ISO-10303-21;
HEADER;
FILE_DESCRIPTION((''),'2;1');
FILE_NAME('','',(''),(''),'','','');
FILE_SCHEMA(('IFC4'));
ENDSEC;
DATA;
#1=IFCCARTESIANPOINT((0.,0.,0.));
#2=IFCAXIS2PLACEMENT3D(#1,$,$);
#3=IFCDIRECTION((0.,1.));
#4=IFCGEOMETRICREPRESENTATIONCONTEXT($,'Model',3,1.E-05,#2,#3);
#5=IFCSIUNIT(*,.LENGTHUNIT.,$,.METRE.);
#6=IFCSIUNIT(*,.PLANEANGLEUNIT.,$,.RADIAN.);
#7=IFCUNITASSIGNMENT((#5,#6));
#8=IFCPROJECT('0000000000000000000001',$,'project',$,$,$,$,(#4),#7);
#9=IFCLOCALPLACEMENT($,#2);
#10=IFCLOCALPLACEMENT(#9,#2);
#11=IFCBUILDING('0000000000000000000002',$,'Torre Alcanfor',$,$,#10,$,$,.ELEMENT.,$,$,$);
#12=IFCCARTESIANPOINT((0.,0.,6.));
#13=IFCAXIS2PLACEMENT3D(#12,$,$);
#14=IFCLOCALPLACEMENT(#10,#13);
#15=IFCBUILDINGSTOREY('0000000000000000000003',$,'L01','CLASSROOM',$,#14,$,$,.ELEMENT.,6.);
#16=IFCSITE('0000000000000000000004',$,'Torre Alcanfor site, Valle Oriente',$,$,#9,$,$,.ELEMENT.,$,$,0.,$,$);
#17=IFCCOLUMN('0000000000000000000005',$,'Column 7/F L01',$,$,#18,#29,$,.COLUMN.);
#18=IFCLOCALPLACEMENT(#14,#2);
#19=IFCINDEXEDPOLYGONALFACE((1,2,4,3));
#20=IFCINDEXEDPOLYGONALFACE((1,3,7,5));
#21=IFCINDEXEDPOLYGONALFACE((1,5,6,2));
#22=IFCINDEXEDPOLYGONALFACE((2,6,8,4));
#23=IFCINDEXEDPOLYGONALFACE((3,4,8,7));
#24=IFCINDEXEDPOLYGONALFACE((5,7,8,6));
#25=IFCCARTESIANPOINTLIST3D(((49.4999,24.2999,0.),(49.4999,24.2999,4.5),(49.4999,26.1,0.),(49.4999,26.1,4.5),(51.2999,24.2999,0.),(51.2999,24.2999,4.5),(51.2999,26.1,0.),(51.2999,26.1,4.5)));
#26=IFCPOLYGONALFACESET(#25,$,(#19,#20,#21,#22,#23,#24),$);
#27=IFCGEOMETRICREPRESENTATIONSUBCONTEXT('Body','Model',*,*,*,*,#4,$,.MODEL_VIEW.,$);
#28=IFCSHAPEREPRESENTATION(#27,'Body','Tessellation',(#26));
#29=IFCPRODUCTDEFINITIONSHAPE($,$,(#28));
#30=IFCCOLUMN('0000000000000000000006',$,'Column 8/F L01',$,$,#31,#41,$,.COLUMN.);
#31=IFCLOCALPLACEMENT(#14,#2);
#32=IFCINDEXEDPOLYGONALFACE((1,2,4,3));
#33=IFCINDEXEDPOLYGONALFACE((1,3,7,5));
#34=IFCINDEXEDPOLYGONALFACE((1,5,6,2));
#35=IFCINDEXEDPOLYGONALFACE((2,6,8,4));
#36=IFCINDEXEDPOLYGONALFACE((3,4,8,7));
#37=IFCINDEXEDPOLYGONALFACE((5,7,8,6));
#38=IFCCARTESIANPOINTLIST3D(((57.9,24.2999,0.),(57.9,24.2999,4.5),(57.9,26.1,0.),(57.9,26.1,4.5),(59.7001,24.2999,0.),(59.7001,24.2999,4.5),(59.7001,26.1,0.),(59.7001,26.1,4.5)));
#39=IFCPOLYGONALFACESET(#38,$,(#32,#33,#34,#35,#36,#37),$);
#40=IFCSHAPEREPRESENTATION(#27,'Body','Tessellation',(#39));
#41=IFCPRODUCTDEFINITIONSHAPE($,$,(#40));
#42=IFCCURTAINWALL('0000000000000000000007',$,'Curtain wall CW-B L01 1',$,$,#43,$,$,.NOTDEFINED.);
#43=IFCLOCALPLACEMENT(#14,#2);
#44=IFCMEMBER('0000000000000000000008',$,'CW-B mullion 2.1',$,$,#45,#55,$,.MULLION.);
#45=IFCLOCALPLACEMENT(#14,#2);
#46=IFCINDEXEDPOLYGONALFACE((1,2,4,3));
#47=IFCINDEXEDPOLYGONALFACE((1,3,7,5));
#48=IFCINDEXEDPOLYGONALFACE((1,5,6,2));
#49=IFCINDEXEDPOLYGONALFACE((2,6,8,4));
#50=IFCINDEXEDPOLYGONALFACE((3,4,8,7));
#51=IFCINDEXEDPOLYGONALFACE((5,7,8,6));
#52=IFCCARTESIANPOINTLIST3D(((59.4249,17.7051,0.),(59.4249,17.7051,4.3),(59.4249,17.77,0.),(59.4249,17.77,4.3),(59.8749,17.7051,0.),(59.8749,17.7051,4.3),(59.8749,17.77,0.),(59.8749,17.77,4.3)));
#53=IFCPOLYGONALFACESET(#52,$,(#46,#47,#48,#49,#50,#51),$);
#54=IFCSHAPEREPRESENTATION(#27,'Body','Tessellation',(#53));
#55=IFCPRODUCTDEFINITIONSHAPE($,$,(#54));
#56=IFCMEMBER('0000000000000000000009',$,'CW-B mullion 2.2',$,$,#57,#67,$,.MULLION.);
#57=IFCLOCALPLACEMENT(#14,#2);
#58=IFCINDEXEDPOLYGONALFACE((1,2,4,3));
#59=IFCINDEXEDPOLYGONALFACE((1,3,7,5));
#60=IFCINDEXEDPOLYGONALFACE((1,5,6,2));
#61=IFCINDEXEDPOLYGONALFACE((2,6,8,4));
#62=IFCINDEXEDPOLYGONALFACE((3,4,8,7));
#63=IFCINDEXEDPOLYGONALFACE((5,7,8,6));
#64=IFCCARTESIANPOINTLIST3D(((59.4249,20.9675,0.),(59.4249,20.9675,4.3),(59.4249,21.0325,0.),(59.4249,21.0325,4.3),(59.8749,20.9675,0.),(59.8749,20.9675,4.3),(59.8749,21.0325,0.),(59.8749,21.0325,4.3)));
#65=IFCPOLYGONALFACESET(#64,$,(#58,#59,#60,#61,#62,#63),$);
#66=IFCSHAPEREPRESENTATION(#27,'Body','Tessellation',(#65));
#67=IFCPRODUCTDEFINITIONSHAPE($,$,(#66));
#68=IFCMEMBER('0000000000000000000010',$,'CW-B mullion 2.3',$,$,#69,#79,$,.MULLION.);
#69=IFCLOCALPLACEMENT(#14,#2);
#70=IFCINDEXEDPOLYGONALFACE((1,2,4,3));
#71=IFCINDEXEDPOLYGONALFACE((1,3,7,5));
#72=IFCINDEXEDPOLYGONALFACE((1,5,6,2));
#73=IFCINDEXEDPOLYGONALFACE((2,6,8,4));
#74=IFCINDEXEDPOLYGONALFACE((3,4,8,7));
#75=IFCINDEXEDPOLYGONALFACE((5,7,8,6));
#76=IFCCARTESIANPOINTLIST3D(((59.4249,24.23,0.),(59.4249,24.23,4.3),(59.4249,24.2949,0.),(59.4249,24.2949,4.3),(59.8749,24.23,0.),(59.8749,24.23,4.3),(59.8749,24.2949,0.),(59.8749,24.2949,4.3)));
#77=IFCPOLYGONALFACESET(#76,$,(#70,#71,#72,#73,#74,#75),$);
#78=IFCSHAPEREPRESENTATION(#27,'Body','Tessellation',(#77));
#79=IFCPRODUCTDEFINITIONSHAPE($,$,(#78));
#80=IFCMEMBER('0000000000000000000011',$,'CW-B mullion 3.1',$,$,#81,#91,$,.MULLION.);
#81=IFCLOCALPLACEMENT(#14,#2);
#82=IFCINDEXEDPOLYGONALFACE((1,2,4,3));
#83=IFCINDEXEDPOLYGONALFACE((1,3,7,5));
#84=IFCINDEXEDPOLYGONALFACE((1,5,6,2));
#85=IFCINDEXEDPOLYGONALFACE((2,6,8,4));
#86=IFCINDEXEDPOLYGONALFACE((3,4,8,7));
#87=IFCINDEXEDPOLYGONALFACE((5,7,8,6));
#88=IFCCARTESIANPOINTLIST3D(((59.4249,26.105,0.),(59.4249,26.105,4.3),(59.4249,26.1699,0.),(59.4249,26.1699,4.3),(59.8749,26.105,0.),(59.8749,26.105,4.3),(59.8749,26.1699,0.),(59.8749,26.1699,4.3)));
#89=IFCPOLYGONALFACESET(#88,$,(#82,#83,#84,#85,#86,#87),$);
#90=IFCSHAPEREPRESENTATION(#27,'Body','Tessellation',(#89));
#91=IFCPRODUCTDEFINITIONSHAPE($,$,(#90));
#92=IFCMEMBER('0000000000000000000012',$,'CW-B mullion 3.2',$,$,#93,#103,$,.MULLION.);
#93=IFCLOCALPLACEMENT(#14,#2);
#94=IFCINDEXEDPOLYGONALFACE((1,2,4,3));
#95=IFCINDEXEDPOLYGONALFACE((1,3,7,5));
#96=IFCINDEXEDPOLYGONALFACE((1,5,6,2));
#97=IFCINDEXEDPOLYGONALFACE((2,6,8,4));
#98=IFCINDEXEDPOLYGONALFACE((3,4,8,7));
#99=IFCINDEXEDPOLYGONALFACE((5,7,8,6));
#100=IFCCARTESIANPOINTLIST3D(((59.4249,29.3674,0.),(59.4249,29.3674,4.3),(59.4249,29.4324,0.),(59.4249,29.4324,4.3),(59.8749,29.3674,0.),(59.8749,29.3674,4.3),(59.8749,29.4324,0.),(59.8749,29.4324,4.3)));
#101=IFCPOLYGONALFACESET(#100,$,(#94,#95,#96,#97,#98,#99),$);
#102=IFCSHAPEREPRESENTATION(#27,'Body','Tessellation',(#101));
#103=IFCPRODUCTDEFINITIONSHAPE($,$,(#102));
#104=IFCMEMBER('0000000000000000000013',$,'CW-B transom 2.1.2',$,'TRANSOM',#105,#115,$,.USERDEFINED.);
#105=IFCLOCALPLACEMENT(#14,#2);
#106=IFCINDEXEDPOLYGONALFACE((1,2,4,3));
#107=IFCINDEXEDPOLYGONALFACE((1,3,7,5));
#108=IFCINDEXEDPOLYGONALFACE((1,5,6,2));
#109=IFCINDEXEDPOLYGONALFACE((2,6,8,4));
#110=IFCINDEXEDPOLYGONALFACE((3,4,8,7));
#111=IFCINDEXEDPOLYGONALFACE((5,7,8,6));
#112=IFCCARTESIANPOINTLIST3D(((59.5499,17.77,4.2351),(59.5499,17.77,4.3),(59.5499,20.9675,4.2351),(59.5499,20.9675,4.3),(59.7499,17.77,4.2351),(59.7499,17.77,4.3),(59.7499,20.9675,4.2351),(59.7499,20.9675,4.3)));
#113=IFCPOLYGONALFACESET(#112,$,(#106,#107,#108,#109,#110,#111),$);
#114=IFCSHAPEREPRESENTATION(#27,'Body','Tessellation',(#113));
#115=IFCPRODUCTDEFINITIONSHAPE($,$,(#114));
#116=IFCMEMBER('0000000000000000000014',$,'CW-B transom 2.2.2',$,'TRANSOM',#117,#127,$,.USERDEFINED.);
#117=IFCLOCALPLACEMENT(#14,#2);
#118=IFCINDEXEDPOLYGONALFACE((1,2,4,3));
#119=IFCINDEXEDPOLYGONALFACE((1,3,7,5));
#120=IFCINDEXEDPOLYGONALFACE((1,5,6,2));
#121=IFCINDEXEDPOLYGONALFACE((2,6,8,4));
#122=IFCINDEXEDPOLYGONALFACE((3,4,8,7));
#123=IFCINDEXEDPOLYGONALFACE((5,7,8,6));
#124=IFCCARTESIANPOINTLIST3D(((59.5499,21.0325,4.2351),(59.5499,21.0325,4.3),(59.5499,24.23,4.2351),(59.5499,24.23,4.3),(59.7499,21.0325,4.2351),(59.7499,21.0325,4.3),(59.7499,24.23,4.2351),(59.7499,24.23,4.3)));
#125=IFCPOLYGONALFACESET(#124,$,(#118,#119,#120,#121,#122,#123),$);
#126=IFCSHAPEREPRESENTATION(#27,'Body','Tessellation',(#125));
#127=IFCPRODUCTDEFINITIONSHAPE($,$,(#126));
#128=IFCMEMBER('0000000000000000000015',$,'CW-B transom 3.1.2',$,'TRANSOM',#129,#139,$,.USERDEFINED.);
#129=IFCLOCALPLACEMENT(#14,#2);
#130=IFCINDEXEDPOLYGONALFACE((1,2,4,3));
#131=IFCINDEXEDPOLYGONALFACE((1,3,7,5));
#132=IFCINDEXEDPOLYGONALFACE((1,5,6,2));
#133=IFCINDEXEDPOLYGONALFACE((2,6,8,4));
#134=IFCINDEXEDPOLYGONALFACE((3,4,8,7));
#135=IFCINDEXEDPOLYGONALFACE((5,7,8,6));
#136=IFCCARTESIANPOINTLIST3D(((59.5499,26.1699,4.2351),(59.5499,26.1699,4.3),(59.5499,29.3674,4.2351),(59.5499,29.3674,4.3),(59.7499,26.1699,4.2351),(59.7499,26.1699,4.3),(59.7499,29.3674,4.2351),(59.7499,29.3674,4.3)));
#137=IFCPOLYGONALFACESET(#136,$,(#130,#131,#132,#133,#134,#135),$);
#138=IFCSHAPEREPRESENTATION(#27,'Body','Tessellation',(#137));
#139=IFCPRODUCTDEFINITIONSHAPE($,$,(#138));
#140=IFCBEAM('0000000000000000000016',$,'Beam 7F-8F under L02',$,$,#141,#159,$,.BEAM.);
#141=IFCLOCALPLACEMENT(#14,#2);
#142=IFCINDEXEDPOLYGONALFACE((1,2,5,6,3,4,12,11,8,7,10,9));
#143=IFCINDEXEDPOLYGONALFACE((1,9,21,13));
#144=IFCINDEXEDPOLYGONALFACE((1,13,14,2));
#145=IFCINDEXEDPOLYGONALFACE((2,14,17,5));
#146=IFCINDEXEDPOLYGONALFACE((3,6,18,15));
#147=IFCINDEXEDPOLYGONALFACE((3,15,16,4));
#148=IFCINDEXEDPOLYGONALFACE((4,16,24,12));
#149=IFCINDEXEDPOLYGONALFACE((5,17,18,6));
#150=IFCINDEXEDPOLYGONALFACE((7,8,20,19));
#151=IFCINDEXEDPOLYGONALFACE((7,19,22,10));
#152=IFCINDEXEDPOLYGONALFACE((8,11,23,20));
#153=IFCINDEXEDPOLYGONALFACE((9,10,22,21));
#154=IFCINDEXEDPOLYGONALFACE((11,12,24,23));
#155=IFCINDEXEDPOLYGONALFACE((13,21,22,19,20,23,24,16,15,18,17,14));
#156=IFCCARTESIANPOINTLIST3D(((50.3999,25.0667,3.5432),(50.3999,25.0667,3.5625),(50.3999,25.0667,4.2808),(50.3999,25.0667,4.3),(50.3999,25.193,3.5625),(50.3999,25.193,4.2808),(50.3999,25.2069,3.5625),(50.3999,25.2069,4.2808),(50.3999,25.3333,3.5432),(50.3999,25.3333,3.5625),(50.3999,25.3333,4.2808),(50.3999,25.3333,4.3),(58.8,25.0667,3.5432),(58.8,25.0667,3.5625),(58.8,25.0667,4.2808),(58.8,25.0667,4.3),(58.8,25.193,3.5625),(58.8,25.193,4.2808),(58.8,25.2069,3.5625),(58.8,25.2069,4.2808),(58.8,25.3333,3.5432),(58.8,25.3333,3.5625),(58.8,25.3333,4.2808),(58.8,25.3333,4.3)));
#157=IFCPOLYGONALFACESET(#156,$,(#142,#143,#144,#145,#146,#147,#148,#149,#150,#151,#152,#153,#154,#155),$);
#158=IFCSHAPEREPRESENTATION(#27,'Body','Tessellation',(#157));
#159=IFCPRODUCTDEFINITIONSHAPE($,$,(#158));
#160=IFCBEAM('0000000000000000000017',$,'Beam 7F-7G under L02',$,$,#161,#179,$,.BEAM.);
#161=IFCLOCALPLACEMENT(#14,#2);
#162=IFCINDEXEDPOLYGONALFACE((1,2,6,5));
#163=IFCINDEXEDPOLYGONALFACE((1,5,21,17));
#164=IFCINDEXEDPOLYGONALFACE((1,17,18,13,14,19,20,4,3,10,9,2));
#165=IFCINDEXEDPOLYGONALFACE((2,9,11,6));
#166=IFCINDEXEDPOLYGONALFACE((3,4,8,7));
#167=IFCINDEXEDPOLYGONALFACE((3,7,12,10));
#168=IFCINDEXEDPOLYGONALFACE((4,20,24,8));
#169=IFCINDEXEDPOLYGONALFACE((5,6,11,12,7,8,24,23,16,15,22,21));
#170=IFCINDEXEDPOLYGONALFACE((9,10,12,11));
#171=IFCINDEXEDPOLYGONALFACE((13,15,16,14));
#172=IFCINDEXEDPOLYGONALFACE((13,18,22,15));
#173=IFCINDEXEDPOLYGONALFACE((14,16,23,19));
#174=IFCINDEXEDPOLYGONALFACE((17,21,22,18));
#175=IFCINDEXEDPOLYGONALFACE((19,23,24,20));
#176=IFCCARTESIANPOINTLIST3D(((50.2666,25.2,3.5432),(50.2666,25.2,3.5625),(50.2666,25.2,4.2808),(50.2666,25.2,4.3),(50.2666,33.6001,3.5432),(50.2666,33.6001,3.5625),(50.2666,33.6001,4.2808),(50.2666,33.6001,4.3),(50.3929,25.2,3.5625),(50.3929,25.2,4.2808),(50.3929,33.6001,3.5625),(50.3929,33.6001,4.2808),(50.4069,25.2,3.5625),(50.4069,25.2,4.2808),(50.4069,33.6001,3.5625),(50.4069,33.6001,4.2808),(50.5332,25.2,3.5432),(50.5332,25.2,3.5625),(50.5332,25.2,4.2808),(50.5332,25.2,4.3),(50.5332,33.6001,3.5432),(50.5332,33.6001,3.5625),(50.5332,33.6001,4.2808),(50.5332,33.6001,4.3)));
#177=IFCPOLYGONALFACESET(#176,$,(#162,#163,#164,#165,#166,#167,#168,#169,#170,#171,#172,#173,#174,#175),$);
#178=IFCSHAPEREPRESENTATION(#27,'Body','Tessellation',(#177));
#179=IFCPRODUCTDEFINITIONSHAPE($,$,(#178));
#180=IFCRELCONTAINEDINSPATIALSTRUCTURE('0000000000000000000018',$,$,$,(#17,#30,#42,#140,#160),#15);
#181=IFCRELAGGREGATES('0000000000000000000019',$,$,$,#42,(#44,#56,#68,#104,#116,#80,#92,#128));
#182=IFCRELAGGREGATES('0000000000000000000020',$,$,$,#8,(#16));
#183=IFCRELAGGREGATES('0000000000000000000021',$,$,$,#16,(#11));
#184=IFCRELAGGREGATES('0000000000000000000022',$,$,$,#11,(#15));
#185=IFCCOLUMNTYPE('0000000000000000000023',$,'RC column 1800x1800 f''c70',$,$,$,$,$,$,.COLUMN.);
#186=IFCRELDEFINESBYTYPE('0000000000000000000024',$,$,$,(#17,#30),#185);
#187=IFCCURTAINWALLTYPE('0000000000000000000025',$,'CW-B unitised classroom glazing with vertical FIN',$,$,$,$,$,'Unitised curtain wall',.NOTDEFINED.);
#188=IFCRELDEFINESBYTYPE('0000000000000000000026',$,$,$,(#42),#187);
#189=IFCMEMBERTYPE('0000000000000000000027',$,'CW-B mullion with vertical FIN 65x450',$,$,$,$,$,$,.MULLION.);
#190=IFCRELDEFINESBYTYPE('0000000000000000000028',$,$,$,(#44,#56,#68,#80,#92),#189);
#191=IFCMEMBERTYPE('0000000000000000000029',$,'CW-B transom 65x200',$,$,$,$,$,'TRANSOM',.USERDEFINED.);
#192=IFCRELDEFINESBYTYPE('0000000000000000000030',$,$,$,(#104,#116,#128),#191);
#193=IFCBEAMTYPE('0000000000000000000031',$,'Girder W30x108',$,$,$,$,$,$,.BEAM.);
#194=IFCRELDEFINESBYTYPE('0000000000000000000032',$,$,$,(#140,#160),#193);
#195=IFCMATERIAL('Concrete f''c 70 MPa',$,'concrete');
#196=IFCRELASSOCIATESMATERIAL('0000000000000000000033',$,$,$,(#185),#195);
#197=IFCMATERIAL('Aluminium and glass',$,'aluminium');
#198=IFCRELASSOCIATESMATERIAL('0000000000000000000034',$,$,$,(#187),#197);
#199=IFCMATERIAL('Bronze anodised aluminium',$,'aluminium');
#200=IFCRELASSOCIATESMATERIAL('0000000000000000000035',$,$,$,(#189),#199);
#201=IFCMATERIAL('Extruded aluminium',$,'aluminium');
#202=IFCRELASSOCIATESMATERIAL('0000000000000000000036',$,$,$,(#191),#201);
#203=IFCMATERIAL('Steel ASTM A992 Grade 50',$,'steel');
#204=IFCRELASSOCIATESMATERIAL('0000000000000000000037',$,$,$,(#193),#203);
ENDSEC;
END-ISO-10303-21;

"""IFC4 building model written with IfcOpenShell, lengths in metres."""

from ifc_helpers import new_model, si_unit, direction, frame, origin, origin_2d, place, context, subcontext, project, spatial, rectangle, i_section, extrude, material, material_profile, profile_set, type_object, element, aggregate, save


model = new_model("IFC4")

# Units and contexts
model_context = context("Model", 3, precision=1e-05, world=origin(), true_north=direction((0.0, 1.0)))
body_context = subcontext(model_context, "Body", "Model", "MODEL_VIEW")
ifc_project = project(units=[si_unit("LENGTHUNIT", "METRE"), si_unit("PLANEANGLEUNIT", "RADIAN")], contexts=[model_context])

# Site, building, storey
site_placement = place(None, origin())
site = spatial("IfcSite", under=ifc_project, at=site_placement, Name="Torre Alcanfor site, Valle Oriente", CompositionType="ELEMENT", RefElevation=0.0)
building_placement = place(site_placement, origin())
building = spatial("IfcBuilding", under=site, at=building_placement, Name="Torre Alcanfor", CompositionType="ELEMENT")
storey_placement = place(building_placement, frame((0.0, 0.0, 6.0)))
storey = spatial("IfcBuildingStorey", under=building, at=storey_placement, Name="L01", Description="CLASSROOM", CompositionType="ELEMENT", Elevation=6.0)

# Columns
ifc_material_1 = material(Name="Concrete f'c 70 MPa", Category="concrete")
ifc_material_profile_1 = material_profile(ifc_material_1, rectangle(XDim=1.8, YDim=1.8, at=origin_2d()), Name="1800x1800")
ifc_profile_set_1 = profile_set([ifc_material_profile_1], Name="Concrete f'c 70 MPa")
column_type = type_object("IfcColumnType", Name="RC column 1800x1800 f'c70", PredefinedType="COLUMN", material=ifc_profile_set_1)
for number, where, z_axis, x_axis, name in (
    (1, (50.3999, 25.2, 0.0), (0.0, 0.0, 1.0), (1.0, 0.0, 0.0), "Column 7/F L01"),
    (2, (58.8, 25.2, 0.0), (0.0, 0.0, 1.0), (1.0, 0.0, 0.0), "Column 8/F L01"),
):
    element("IfcColumn", number, at=place(storey_placement, frame(where, z_axis=z_axis, x_axis=x_axis)), inside=storey, type_object=column_type, Name=name, PredefinedType="COLUMN", context=body_context, shape_type="SweptSolid", body=[
        extrude(rectangle(XDim=1.8, YDim=1.8, at=origin_2d()), origin(), (0.0, 0.0, 1.0), 4.5),
    ])

# Curtain wall, members
ifc_material_2 = material(Name="Aluminium and glass", Category="aluminium")
curtain_wall_type = type_object("IfcCurtainWallType", Name="CW-B unitised classroom glazing with vertical FIN", ElementType="Unitised curtain wall", PredefinedType="NOTDEFINED", material=ifc_material_2)
curtain_wall_placement = place(storey_placement, origin())
curtain_wall = element("IfcCurtainWall", 3, at=curtain_wall_placement, inside=storey, type_object=curtain_wall_type, Name="Curtain wall CW-B L01 1", PredefinedType="NOTDEFINED")
ifc_material_3 = material(Name="Bronze anodised aluminium", Category="aluminium")
ifc_material_profile_2 = material_profile(ifc_material_3, rectangle(XDim=0.45, YDim=0.0649, at=origin_2d()), Name="CW-B mullion 65x450")
ifc_profile_set_2 = profile_set([ifc_material_profile_2], Name="Bronze anodised aluminium")
member_type_1 = type_object("IfcMemberType", Name="CW-B mullion with vertical FIN 65x450", PredefinedType="MULLION", material=ifc_profile_set_2)
member_1_placement = place(storey_placement, frame((59.6499, 17.7375, 0.0), z_axis=(0.0, 0.0, 1.0), x_axis=(-1.0, 0.0, 0.0)))
member_1 = element("IfcMember", 4, at=member_1_placement, type_object=member_type_1, Name="CW-B mullion 2.1", PredefinedType="MULLION", context=body_context, shape_type="SweptSolid", body=[
    extrude(rectangle(XDim=0.45, YDim=0.0649, at=origin_2d()), origin(), (0.0, 0.0, 1.0), 4.3),
])
member_2_placement = place(storey_placement, frame((59.6499, 21.0, 0.0), z_axis=(0.0, 0.0, 1.0), x_axis=(-1.0, 0.0, 0.0)))
member_2 = element("IfcMember", 5, at=member_2_placement, type_object=member_type_1, Name="CW-B mullion 2.2", PredefinedType="MULLION", context=body_context, shape_type="SweptSolid", body=[
    extrude(rectangle(XDim=0.45, YDim=0.0649, at=origin_2d()), origin(), (0.0, 0.0, 1.0), 4.3),
])
member_3_placement = place(storey_placement, frame((59.6499, 24.2625, 0.0), z_axis=(0.0, 0.0, 1.0), x_axis=(-1.0, 0.0, 0.0)))
member_3 = element("IfcMember", 6, at=member_3_placement, type_object=member_type_1, Name="CW-B mullion 2.3", PredefinedType="MULLION", context=body_context, shape_type="SweptSolid", body=[
    extrude(rectangle(XDim=0.45, YDim=0.0649, at=origin_2d()), origin(), (0.0, 0.0, 1.0), 4.3),
])
member_4_placement = place(storey_placement, frame((59.6499, 26.1375, 0.0), z_axis=(0.0, 0.0, 1.0), x_axis=(-1.0, 0.0, 0.0)))
member_4 = element("IfcMember", 7, at=member_4_placement, type_object=member_type_1, Name="CW-B mullion 3.1", PredefinedType="MULLION", context=body_context, shape_type="SweptSolid", body=[
    extrude(rectangle(XDim=0.45, YDim=0.0649, at=origin_2d()), origin(), (0.0, 0.0, 1.0), 4.3),
])
member_5_placement = place(storey_placement, frame((59.6499, 29.3999, 0.0), z_axis=(0.0, 0.0, 1.0), x_axis=(-1.0, 0.0, 0.0)))
member_5 = element("IfcMember", 8, at=member_5_placement, type_object=member_type_1, Name="CW-B mullion 3.2", PredefinedType="MULLION", context=body_context, shape_type="SweptSolid", body=[
    extrude(rectangle(XDim=0.45, YDim=0.0649, at=origin_2d()), origin(), (0.0, 0.0, 1.0), 4.3),
])
ifc_material_4 = material(Name="Extruded aluminium", Category="aluminium")
ifc_material_profile_3 = material_profile(ifc_material_4, rectangle(XDim=0.2, YDim=0.0649, at=origin_2d()), Name="CW-B transom 200x65")
ifc_profile_set_3 = profile_set([ifc_material_profile_3], Name="Extruded aluminium")
member_type_2 = type_object("IfcMemberType", Name="CW-B transom 65x200", ElementType="TRANSOM", PredefinedType="USERDEFINED", material=ifc_profile_set_3)
member_6_placement = place(storey_placement, frame((59.6499, 17.77, 4.2676), z_axis=(0.0, 1.0, 0.0), x_axis=(-1.0, 0.0, 0.0)))
member_6 = element("IfcMember", 9, at=member_6_placement, type_object=member_type_2, Name="CW-B transom 2.1.2", ObjectType="TRANSOM", PredefinedType="USERDEFINED", context=body_context, shape_type="SweptSolid", body=[
    extrude(rectangle(XDim=0.2, YDim=0.0649, at=origin_2d()), origin(), (0.0, 0.0, 1.0), 3.1975),
])
member_7_placement = place(storey_placement, frame((59.6499, 21.0325, 4.2676), z_axis=(0.0, 1.0, 0.0), x_axis=(-1.0, 0.0, 0.0)))
member_7 = element("IfcMember", 10, at=member_7_placement, type_object=member_type_2, Name="CW-B transom 2.2.2", ObjectType="TRANSOM", PredefinedType="USERDEFINED", context=body_context, shape_type="SweptSolid", body=[
    extrude(rectangle(XDim=0.2, YDim=0.0649, at=origin_2d()), origin(), (0.0, 0.0, 1.0), 3.1975),
])
member_8_placement = place(storey_placement, frame((59.6499, 26.1699, 4.2676), z_axis=(0.0, 1.0, 0.0), x_axis=(-1.0, 0.0, 0.0)))
member_8 = element("IfcMember", 11, at=member_8_placement, type_object=member_type_2, Name="CW-B transom 3.1.2", ObjectType="TRANSOM", PredefinedType="USERDEFINED", context=body_context, shape_type="SweptSolid", body=[
    extrude(rectangle(XDim=0.2, YDim=0.0649, at=origin_2d()), origin(), (0.0, 0.0, 1.0), 3.1975),
])

# Beams
ifc_material_5 = material(Name="Steel ASTM A992 Grade 50", Category="steel")
ifc_material_profile_4 = material_profile(ifc_material_5, i_section(OverallWidth=0.2666, OverallDepth=0.7568, WebThickness=0.0139, FlangeThickness=0.0193, at=origin_2d()), Name="W30x108")
ifc_profile_set_4 = profile_set([ifc_material_profile_4], Name="Steel ASTM A992 Grade 50")
beam_type_1 = type_object("IfcBeamType", Name="Girder W30x108", PredefinedType="BEAM", material=ifc_profile_set_4)
for number, where, z_axis, x_axis, name in (
    (12, (50.3999, 25.2, 3.9216), (1.0, 0.0, 0.0), (0.0, 1.0, 0.0), "Beam 7F-8F under L02"),
    (13, (50.3999, 25.2, 3.9216), (0.0, 1.0, 0.0), (-1.0, 0.0, 0.0), "Beam 7F-7G under L02"),
):
    element("IfcBeam", number, at=place(storey_placement, frame(where, z_axis=z_axis, x_axis=x_axis)), inside=storey, type_object=beam_type_1, Name=name, PredefinedType="BEAM", context=body_context, shape_type="SweptSolid", body=[
        extrude(i_section(OverallWidth=0.2666, OverallDepth=0.7568, WebThickness=0.0139, FlangeThickness=0.0193, at=origin_2d()), origin(), (0.0, 0.0, 1.0), 8.4001),
    ])

aggregate(curtain_wall, [member_1, member_2, member_3, member_6, member_7, member_4, member_5, member_8])

save(model, "model.ifc")
